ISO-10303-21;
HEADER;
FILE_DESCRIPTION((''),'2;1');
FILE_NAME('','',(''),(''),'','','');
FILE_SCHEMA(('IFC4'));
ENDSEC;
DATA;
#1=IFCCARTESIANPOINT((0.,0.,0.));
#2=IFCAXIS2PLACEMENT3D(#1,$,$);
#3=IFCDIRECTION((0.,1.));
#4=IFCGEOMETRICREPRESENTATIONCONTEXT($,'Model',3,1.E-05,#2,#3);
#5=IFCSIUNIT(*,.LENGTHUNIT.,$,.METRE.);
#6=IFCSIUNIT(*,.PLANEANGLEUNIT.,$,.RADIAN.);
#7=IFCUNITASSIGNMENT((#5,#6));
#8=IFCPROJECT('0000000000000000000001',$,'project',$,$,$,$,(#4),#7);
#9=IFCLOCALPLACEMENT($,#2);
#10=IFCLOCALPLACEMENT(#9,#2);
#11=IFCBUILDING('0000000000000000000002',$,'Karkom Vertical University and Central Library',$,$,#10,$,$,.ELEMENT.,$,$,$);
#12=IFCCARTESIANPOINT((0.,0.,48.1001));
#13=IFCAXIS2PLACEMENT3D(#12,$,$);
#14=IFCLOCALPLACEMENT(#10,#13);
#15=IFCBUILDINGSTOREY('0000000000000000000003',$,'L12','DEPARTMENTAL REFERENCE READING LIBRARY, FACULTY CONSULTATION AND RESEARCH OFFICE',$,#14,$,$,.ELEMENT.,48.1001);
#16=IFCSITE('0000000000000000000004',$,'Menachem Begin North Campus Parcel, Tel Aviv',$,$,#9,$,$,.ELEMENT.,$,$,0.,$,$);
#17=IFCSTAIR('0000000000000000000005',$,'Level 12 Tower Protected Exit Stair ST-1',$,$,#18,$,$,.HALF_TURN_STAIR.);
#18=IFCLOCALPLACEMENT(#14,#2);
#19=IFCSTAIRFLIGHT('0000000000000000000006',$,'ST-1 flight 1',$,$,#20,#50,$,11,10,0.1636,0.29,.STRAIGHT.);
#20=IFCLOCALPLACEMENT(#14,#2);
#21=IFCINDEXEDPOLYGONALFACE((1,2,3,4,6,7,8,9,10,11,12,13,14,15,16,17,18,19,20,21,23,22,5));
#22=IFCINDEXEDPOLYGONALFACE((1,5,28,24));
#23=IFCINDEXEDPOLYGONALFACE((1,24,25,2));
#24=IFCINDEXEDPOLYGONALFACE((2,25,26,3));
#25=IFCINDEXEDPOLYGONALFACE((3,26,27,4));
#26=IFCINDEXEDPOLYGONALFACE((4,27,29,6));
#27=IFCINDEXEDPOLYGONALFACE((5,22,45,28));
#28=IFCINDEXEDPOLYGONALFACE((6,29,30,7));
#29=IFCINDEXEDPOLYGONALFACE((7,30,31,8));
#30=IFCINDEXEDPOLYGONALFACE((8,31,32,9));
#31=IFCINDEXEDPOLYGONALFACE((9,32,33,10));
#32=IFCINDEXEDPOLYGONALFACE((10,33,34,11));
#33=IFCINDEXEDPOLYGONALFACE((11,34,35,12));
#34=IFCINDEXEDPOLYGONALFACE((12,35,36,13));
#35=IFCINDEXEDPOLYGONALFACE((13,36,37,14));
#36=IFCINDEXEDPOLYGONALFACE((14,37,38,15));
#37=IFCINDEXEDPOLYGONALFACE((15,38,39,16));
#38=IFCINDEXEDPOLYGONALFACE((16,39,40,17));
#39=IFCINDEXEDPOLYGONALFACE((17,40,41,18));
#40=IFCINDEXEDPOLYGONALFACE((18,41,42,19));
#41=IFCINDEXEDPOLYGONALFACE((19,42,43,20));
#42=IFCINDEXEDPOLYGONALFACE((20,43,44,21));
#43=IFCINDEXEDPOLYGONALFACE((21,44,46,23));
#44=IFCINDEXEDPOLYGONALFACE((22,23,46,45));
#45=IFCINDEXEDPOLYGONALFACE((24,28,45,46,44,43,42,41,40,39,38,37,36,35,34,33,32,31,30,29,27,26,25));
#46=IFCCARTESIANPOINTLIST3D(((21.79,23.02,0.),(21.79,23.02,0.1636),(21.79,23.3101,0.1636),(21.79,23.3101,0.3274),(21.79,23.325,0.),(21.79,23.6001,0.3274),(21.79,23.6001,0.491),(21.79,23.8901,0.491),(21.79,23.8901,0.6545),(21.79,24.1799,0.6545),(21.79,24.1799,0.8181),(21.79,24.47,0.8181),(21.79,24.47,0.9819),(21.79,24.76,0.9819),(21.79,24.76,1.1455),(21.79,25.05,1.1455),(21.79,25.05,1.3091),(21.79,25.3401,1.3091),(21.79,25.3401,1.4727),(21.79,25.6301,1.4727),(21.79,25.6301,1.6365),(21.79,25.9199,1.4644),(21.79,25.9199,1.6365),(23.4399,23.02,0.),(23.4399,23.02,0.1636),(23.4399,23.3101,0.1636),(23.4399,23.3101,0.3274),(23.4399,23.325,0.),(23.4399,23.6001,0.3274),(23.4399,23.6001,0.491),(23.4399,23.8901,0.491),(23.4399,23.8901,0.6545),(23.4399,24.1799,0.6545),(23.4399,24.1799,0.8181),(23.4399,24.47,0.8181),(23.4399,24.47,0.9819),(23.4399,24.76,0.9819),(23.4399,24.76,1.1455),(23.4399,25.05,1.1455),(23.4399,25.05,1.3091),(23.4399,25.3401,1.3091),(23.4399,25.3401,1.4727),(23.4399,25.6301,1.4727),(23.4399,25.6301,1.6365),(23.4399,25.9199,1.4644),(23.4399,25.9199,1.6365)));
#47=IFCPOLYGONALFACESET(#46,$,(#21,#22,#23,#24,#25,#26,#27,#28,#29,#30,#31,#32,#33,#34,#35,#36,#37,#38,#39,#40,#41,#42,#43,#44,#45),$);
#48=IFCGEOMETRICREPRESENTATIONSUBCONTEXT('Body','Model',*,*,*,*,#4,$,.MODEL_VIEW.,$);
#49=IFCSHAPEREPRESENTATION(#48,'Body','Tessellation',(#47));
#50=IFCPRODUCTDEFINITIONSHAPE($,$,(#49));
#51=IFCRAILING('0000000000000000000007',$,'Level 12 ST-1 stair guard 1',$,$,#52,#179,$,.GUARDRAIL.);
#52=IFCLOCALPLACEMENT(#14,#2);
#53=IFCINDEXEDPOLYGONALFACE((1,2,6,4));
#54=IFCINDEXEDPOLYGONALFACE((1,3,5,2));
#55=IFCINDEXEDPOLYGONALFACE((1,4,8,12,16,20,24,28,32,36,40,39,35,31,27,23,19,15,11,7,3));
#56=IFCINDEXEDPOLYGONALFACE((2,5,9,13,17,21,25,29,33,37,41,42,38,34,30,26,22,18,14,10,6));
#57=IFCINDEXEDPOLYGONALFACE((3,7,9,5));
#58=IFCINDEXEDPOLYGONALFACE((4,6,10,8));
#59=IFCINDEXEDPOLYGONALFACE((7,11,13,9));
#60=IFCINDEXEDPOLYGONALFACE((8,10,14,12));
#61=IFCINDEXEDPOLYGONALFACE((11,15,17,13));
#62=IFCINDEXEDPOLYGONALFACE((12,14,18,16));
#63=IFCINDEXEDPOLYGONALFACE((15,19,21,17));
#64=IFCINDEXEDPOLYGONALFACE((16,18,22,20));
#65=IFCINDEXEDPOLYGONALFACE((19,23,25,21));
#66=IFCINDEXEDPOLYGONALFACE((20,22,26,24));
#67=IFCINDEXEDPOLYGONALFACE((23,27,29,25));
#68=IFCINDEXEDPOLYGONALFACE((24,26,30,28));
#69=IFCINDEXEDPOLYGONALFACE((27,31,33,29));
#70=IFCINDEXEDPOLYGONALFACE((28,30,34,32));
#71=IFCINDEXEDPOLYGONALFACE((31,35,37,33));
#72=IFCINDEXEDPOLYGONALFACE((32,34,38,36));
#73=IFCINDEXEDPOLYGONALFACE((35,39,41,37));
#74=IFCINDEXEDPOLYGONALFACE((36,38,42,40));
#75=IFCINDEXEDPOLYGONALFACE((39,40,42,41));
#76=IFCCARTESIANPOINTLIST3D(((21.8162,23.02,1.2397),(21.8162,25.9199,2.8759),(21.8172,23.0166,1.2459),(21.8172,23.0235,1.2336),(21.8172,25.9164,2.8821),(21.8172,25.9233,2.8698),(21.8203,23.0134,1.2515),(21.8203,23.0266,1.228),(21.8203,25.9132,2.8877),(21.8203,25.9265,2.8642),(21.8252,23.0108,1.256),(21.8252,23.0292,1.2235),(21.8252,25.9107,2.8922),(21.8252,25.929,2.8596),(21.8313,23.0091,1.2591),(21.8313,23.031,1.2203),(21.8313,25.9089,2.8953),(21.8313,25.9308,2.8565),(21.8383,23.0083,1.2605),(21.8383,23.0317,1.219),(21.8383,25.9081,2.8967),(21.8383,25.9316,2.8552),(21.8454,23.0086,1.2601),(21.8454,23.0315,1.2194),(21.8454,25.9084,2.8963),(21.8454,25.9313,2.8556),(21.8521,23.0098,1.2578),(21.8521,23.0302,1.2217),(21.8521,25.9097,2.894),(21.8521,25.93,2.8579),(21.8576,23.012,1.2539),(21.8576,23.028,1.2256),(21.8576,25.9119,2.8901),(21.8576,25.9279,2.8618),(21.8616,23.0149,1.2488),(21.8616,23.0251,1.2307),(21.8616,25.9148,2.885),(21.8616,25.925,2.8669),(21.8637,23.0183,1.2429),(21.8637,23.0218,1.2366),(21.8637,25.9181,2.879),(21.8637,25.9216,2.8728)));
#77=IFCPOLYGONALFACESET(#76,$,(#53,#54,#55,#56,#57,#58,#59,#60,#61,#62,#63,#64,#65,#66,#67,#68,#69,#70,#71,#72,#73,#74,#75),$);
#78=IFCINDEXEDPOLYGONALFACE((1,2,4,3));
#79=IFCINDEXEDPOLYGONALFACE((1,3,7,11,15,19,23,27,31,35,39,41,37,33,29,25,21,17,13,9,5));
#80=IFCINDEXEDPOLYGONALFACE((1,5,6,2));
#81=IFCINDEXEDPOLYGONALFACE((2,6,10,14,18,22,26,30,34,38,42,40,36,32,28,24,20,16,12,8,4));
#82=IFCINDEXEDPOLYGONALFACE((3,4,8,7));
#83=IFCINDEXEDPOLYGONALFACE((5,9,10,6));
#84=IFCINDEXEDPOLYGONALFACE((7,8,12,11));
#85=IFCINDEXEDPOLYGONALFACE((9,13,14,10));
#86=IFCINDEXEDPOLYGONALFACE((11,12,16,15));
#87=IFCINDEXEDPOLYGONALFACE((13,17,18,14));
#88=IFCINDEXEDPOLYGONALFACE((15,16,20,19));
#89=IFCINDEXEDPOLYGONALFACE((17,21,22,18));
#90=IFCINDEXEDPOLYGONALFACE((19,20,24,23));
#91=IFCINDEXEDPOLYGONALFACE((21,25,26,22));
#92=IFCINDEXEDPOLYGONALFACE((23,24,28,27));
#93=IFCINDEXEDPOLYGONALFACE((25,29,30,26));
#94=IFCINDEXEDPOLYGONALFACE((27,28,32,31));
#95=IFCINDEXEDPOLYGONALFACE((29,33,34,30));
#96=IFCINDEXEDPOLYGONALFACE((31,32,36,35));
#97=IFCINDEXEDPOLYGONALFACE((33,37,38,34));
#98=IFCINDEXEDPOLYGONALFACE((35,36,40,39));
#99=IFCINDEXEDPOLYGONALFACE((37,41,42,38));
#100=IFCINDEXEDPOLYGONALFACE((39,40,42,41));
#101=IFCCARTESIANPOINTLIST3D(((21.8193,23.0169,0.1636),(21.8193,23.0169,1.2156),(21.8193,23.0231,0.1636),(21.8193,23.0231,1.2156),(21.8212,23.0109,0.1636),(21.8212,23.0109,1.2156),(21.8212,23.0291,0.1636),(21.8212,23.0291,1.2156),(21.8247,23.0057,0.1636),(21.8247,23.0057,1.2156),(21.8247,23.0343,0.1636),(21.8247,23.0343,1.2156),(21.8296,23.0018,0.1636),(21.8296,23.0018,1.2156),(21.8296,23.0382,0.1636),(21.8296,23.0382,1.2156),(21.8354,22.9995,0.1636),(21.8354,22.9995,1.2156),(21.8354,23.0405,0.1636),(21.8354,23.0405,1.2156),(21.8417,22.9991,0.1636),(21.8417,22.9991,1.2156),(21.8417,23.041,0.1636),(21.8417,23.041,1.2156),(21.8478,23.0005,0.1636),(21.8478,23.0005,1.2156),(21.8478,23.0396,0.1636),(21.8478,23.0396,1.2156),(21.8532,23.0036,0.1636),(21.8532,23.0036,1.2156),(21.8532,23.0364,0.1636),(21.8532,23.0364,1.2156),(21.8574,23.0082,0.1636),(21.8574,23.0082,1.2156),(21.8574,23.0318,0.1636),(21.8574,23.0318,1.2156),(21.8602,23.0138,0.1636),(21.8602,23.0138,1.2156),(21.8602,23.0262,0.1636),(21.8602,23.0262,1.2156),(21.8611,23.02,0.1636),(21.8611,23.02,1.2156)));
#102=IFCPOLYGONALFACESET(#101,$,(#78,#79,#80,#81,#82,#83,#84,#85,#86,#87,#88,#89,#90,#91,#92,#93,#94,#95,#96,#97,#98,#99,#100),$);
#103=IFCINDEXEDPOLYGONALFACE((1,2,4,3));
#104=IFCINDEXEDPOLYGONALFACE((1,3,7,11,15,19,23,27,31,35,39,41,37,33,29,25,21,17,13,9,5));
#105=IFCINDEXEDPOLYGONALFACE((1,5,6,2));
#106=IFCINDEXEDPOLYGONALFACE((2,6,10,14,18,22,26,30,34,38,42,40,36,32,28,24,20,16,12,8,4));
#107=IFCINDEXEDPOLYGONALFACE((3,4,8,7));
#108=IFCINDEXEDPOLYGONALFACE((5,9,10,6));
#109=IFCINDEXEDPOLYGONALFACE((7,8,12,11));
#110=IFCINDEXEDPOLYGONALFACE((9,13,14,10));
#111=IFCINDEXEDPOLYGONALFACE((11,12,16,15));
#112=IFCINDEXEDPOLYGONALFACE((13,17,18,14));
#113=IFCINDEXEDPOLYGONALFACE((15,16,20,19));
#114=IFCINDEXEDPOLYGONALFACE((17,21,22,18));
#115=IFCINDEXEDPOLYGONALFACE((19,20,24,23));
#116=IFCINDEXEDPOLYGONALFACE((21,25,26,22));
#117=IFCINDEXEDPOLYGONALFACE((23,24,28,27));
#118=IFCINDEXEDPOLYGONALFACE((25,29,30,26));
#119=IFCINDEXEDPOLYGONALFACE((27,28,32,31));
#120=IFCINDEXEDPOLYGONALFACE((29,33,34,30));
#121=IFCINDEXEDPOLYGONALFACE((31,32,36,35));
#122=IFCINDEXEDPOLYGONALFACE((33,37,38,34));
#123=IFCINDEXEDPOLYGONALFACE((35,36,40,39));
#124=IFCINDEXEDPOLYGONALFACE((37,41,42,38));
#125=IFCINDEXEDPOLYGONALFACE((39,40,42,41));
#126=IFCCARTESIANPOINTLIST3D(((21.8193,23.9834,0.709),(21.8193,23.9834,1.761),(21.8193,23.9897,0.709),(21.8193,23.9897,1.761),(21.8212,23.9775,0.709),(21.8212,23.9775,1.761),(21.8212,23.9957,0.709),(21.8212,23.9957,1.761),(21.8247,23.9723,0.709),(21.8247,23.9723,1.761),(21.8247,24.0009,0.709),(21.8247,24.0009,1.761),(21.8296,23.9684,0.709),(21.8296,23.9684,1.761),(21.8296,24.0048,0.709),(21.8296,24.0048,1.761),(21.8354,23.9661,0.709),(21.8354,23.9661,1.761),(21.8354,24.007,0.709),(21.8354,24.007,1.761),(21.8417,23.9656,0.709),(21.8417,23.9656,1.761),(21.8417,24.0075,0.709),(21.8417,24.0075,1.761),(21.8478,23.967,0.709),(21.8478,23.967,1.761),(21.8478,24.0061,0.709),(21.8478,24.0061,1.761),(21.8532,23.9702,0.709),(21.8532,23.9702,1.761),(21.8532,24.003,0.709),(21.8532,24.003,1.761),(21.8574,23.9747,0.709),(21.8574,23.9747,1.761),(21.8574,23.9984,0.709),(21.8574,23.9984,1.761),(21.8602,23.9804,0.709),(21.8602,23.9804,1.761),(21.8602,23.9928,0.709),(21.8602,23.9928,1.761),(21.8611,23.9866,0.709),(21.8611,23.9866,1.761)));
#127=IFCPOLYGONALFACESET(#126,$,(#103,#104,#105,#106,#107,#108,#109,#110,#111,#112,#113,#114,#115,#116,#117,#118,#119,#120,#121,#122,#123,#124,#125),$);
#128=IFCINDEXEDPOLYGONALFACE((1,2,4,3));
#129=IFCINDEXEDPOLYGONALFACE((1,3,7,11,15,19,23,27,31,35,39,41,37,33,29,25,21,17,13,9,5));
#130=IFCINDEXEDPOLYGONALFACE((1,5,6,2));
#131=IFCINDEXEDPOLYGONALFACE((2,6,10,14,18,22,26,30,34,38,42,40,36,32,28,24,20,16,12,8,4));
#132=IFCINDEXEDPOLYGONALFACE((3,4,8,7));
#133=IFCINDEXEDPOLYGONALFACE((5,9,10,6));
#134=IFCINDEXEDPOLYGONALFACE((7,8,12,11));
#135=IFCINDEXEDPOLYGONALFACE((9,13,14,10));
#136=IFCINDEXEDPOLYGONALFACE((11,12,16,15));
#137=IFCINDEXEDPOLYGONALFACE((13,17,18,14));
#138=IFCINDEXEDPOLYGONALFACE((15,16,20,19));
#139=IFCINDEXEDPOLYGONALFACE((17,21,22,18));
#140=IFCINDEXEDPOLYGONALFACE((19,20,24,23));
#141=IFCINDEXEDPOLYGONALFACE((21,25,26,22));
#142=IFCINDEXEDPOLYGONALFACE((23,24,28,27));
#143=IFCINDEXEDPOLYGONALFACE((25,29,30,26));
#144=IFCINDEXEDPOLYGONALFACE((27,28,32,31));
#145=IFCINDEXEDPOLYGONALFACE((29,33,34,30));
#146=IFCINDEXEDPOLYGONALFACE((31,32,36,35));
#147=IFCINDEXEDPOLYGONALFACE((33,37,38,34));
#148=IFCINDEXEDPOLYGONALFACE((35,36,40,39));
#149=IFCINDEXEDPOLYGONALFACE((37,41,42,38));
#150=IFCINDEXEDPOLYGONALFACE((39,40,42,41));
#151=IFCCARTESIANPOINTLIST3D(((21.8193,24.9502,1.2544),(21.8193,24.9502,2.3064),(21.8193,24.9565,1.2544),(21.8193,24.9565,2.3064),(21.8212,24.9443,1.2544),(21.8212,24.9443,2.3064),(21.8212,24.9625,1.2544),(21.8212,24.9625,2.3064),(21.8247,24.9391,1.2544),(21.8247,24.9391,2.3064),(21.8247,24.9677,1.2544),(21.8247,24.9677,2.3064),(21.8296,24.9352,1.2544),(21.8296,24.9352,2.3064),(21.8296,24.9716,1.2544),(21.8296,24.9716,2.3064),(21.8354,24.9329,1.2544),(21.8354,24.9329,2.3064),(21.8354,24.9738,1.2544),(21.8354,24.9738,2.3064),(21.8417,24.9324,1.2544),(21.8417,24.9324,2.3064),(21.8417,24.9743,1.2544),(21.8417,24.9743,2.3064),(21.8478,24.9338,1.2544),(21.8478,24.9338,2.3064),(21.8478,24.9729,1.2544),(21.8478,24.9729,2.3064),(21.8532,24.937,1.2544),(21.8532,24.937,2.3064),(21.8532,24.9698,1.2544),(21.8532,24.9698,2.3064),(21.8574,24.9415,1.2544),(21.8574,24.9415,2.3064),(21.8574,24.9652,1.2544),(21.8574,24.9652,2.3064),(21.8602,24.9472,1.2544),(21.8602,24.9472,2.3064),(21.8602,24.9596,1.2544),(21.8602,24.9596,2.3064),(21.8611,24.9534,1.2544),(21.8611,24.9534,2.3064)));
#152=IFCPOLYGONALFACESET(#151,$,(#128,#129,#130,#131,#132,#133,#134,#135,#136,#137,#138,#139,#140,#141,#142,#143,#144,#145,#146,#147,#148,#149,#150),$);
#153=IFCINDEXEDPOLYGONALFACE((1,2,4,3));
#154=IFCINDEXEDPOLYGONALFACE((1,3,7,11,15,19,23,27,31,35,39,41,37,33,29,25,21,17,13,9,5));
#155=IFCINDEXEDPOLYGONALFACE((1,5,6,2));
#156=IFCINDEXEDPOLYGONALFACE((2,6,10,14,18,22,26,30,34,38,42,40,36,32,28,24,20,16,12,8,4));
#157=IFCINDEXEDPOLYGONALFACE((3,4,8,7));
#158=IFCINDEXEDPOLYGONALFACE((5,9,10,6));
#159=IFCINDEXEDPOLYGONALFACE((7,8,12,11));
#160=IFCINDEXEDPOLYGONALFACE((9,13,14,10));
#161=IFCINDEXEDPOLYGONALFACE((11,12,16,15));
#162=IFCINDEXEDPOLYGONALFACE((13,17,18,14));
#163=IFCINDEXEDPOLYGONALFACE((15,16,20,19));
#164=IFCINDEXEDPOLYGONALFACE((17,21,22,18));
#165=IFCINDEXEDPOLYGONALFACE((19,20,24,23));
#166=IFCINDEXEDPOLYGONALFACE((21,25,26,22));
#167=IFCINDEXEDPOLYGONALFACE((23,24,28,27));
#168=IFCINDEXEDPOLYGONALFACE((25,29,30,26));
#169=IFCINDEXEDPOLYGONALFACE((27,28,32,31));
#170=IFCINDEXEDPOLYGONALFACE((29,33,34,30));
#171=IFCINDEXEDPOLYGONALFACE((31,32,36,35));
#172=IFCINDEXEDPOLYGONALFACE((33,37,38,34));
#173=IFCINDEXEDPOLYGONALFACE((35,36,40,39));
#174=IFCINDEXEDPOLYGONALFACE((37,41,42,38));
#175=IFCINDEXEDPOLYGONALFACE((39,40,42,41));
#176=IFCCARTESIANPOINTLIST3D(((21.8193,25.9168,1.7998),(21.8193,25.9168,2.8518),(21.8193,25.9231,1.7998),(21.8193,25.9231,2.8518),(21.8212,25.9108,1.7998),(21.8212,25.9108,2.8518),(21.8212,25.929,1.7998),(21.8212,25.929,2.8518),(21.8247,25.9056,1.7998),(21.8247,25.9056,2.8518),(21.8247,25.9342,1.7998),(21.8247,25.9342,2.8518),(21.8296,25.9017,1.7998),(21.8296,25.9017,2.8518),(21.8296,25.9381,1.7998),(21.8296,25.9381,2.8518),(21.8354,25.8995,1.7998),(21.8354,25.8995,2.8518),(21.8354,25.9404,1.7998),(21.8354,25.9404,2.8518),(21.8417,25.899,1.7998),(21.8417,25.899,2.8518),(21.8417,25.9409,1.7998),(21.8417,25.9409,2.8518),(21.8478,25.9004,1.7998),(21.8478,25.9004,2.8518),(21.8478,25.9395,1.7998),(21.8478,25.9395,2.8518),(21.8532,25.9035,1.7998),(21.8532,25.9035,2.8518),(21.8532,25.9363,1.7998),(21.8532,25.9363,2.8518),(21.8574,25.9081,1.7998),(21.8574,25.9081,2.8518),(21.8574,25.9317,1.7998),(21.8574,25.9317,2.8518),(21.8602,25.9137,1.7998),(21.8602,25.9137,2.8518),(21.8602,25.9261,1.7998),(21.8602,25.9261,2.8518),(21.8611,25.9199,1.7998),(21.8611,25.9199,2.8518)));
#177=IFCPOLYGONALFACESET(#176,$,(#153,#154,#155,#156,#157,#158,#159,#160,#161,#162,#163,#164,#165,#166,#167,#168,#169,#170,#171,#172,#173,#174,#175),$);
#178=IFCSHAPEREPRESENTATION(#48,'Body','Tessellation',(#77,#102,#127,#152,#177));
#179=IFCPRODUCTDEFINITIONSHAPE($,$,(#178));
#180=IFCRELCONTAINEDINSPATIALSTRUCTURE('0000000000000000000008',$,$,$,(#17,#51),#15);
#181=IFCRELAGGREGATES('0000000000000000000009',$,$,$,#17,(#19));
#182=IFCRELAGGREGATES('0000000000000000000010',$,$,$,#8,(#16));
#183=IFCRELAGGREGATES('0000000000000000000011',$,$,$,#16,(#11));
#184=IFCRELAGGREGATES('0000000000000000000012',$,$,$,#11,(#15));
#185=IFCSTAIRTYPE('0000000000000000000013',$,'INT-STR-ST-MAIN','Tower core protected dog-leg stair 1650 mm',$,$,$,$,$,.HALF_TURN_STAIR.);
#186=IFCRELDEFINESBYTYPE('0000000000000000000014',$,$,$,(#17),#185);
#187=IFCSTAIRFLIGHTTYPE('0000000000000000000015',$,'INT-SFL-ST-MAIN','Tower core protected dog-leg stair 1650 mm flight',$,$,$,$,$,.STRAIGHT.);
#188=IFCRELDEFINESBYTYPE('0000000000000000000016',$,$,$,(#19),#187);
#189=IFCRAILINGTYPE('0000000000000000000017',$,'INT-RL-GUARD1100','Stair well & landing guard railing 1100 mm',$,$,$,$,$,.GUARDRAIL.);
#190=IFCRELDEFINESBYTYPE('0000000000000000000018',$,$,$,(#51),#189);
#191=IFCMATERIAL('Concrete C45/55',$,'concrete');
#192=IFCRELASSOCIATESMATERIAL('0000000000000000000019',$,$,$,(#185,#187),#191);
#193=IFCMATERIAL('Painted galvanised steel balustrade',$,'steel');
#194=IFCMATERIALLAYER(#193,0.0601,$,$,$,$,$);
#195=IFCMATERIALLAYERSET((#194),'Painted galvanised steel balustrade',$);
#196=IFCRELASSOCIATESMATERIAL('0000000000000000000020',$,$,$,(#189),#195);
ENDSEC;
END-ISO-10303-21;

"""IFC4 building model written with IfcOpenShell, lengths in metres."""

from ifc_helpers import new_model, si_unit, direction, frame, origin, origin_2d, place, context, subcontext, project, spatial, polyline, circle, outline, extrude, material, layer, layer_set, type_object, element, aggregate, save


model = new_model("IFC4")

# Units and contexts
model_context = context("Model", 3, precision=1e-05, world=origin(), true_north=direction((0.0, 1.0)))
body_context = subcontext(model_context, "Body", "Model", "MODEL_VIEW")
ifc_project = project(units=[si_unit("LENGTHUNIT", "METRE"), si_unit("PLANEANGLEUNIT", "RADIAN")], contexts=[model_context])

# Site, building, storey
site_placement = place(None, origin())
site = spatial("IfcSite", under=ifc_project, at=site_placement, Name="Menachem Begin North Campus Parcel, Tel Aviv", CompositionType="ELEMENT", RefElevation=0.0)
building_placement = place(site_placement, origin())
building = spatial("IfcBuilding", under=site, at=building_placement, Name="Karkom Vertical University and Central Library", CompositionType="ELEMENT")
storey_placement = place(building_placement, frame((0.0, 0.0, 48.1001)))
storey = spatial("IfcBuildingStorey", under=building, at=storey_placement, Name="L12", Description="DEPARTMENTAL REFERENCE READING LIBRARY, FACULTY CONSULTATION AND RESEARCH OFFICE", CompositionType="ELEMENT", Elevation=48.1001)

# Shared definitions
ifc_material_1 = material(Name="Concrete C45/55", Category="concrete")

# Stair, stair flight
stair_type = type_object("IfcStairType", Name="INT-STR-ST-MAIN", Description="Tower core protected dog-leg stair 1650 mm", PredefinedType="HALF_TURN_STAIR", material=ifc_material_1)
stair_placement = place(storey_placement, origin())
stair = element("IfcStair", 1, at=stair_placement, inside=storey, type_object=stair_type, Name="Level 12 Tower Protected Exit Stair ST-1", PredefinedType="HALF_TURN_STAIR")
stair_flight_type = type_object("IfcStairFlightType", Name="INT-SFL-ST-MAIN", Description="Tower core protected dog-leg stair 1650 mm flight", PredefinedType="STRAIGHT", material=ifc_material_1)
stair_flight_placement = place(storey_placement, frame((22.615, 23.02, 0.0), z_axis=(0.0, 0.0, 1.0), x_axis=(0.0, 1.0, 0.0)))
stair_flight = element("IfcStairFlight", 2, at=stair_flight_placement, type_object=stair_flight_type, Name="ST-1 flight 1", NumberOfRisers=11, NumberOfTreads=10, PredefinedType="STRAIGHT", RiserHeight=0.1636, TreadLength=0.29, context=body_context, shape_type="SweptSolid", body=[
    extrude(outline(polyline([(0.0, 0.0), (0.0, 0.1636), (0.29, 0.1636), (0.29, 0.3274), (0.5801, 0.3274), (0.5801, 0.491), (0.8701, 0.491), (0.8701, 0.6545), (1.1599, 0.6545), (1.1599, 0.8181), (1.45, 0.8181), (1.45, 0.9819), (1.74, 0.9819), (1.74, 1.1455), (2.03, 1.1455), (2.03, 1.3091), (2.3201, 1.3091), (2.3201, 1.4727), (2.6101, 1.4727), (2.6101, 1.6365), (2.8999, 1.6365), (2.8999, 1.8), (2.8999, 1.4644), (0.3049, 0.0), (0.0, 0.0)])), frame((0.0, 0.825, 0.0), z_axis=(0.0, -1.0, 0.0), x_axis=(1.0, 0.0, 0.0)), (0.0, 0.0, 1.0), 1.6499),
])
aggregate(stair, [stair_flight])

# Railing
ifc_material_2 = material(Name="Painted galvanised steel balustrade", Category="steel")
ifc_layer_1 = layer(ifc_material_2, 0.0601)
ifc_layer_set_1 = layer_set([ifc_layer_1], Name="Painted galvanised steel balustrade")
railing_type_1 = type_object("IfcRailingType", Name="INT-RL-GUARD1100", Description="Stair well & landing guard railing 1100 mm", PredefinedType="GUARDRAIL", material=ifc_layer_set_1)
railing_1_placement = place(storey_placement, frame((21.8401, 23.02, 0.1636)))
element("IfcRailing", 3, at=railing_1_placement, inside=storey, type_object=railing_type_1, Name="Level 12 ST-1 stair guard 1", PredefinedType="GUARDRAIL", context=body_context, shape_type="SweptSolid", body=[
    extrude(circle(Radius=0.0239, at=origin_2d()), frame((0.0, 0.0, 1.0762), z_axis=(0.0, 0.870929, 0.49141), x_axis=(-1.0, 0.0, 0.0)), (0.0, 0.0, 1.0), 3.3296),
    extrude(circle(Radius=0.021, at=origin_2d()), origin(), (0.0, 0.0, 1.0), 1.052),
    extrude(circle(Radius=0.021, at=origin_2d()), frame((0.0, 0.9666, 0.5454)), (0.0, 0.0, 1.0), 1.052),
    extrude(circle(Radius=0.021, at=origin_2d()), frame((0.0, 1.9333, 1.0908)), (0.0, 0.0, 1.0), 1.052),
    extrude(circle(Radius=0.021, at=origin_2d()), frame((0.0, 2.8999, 1.6362)), (0.0, 0.0, 1.0), 1.052),
])

save(model, "model.ifc")
